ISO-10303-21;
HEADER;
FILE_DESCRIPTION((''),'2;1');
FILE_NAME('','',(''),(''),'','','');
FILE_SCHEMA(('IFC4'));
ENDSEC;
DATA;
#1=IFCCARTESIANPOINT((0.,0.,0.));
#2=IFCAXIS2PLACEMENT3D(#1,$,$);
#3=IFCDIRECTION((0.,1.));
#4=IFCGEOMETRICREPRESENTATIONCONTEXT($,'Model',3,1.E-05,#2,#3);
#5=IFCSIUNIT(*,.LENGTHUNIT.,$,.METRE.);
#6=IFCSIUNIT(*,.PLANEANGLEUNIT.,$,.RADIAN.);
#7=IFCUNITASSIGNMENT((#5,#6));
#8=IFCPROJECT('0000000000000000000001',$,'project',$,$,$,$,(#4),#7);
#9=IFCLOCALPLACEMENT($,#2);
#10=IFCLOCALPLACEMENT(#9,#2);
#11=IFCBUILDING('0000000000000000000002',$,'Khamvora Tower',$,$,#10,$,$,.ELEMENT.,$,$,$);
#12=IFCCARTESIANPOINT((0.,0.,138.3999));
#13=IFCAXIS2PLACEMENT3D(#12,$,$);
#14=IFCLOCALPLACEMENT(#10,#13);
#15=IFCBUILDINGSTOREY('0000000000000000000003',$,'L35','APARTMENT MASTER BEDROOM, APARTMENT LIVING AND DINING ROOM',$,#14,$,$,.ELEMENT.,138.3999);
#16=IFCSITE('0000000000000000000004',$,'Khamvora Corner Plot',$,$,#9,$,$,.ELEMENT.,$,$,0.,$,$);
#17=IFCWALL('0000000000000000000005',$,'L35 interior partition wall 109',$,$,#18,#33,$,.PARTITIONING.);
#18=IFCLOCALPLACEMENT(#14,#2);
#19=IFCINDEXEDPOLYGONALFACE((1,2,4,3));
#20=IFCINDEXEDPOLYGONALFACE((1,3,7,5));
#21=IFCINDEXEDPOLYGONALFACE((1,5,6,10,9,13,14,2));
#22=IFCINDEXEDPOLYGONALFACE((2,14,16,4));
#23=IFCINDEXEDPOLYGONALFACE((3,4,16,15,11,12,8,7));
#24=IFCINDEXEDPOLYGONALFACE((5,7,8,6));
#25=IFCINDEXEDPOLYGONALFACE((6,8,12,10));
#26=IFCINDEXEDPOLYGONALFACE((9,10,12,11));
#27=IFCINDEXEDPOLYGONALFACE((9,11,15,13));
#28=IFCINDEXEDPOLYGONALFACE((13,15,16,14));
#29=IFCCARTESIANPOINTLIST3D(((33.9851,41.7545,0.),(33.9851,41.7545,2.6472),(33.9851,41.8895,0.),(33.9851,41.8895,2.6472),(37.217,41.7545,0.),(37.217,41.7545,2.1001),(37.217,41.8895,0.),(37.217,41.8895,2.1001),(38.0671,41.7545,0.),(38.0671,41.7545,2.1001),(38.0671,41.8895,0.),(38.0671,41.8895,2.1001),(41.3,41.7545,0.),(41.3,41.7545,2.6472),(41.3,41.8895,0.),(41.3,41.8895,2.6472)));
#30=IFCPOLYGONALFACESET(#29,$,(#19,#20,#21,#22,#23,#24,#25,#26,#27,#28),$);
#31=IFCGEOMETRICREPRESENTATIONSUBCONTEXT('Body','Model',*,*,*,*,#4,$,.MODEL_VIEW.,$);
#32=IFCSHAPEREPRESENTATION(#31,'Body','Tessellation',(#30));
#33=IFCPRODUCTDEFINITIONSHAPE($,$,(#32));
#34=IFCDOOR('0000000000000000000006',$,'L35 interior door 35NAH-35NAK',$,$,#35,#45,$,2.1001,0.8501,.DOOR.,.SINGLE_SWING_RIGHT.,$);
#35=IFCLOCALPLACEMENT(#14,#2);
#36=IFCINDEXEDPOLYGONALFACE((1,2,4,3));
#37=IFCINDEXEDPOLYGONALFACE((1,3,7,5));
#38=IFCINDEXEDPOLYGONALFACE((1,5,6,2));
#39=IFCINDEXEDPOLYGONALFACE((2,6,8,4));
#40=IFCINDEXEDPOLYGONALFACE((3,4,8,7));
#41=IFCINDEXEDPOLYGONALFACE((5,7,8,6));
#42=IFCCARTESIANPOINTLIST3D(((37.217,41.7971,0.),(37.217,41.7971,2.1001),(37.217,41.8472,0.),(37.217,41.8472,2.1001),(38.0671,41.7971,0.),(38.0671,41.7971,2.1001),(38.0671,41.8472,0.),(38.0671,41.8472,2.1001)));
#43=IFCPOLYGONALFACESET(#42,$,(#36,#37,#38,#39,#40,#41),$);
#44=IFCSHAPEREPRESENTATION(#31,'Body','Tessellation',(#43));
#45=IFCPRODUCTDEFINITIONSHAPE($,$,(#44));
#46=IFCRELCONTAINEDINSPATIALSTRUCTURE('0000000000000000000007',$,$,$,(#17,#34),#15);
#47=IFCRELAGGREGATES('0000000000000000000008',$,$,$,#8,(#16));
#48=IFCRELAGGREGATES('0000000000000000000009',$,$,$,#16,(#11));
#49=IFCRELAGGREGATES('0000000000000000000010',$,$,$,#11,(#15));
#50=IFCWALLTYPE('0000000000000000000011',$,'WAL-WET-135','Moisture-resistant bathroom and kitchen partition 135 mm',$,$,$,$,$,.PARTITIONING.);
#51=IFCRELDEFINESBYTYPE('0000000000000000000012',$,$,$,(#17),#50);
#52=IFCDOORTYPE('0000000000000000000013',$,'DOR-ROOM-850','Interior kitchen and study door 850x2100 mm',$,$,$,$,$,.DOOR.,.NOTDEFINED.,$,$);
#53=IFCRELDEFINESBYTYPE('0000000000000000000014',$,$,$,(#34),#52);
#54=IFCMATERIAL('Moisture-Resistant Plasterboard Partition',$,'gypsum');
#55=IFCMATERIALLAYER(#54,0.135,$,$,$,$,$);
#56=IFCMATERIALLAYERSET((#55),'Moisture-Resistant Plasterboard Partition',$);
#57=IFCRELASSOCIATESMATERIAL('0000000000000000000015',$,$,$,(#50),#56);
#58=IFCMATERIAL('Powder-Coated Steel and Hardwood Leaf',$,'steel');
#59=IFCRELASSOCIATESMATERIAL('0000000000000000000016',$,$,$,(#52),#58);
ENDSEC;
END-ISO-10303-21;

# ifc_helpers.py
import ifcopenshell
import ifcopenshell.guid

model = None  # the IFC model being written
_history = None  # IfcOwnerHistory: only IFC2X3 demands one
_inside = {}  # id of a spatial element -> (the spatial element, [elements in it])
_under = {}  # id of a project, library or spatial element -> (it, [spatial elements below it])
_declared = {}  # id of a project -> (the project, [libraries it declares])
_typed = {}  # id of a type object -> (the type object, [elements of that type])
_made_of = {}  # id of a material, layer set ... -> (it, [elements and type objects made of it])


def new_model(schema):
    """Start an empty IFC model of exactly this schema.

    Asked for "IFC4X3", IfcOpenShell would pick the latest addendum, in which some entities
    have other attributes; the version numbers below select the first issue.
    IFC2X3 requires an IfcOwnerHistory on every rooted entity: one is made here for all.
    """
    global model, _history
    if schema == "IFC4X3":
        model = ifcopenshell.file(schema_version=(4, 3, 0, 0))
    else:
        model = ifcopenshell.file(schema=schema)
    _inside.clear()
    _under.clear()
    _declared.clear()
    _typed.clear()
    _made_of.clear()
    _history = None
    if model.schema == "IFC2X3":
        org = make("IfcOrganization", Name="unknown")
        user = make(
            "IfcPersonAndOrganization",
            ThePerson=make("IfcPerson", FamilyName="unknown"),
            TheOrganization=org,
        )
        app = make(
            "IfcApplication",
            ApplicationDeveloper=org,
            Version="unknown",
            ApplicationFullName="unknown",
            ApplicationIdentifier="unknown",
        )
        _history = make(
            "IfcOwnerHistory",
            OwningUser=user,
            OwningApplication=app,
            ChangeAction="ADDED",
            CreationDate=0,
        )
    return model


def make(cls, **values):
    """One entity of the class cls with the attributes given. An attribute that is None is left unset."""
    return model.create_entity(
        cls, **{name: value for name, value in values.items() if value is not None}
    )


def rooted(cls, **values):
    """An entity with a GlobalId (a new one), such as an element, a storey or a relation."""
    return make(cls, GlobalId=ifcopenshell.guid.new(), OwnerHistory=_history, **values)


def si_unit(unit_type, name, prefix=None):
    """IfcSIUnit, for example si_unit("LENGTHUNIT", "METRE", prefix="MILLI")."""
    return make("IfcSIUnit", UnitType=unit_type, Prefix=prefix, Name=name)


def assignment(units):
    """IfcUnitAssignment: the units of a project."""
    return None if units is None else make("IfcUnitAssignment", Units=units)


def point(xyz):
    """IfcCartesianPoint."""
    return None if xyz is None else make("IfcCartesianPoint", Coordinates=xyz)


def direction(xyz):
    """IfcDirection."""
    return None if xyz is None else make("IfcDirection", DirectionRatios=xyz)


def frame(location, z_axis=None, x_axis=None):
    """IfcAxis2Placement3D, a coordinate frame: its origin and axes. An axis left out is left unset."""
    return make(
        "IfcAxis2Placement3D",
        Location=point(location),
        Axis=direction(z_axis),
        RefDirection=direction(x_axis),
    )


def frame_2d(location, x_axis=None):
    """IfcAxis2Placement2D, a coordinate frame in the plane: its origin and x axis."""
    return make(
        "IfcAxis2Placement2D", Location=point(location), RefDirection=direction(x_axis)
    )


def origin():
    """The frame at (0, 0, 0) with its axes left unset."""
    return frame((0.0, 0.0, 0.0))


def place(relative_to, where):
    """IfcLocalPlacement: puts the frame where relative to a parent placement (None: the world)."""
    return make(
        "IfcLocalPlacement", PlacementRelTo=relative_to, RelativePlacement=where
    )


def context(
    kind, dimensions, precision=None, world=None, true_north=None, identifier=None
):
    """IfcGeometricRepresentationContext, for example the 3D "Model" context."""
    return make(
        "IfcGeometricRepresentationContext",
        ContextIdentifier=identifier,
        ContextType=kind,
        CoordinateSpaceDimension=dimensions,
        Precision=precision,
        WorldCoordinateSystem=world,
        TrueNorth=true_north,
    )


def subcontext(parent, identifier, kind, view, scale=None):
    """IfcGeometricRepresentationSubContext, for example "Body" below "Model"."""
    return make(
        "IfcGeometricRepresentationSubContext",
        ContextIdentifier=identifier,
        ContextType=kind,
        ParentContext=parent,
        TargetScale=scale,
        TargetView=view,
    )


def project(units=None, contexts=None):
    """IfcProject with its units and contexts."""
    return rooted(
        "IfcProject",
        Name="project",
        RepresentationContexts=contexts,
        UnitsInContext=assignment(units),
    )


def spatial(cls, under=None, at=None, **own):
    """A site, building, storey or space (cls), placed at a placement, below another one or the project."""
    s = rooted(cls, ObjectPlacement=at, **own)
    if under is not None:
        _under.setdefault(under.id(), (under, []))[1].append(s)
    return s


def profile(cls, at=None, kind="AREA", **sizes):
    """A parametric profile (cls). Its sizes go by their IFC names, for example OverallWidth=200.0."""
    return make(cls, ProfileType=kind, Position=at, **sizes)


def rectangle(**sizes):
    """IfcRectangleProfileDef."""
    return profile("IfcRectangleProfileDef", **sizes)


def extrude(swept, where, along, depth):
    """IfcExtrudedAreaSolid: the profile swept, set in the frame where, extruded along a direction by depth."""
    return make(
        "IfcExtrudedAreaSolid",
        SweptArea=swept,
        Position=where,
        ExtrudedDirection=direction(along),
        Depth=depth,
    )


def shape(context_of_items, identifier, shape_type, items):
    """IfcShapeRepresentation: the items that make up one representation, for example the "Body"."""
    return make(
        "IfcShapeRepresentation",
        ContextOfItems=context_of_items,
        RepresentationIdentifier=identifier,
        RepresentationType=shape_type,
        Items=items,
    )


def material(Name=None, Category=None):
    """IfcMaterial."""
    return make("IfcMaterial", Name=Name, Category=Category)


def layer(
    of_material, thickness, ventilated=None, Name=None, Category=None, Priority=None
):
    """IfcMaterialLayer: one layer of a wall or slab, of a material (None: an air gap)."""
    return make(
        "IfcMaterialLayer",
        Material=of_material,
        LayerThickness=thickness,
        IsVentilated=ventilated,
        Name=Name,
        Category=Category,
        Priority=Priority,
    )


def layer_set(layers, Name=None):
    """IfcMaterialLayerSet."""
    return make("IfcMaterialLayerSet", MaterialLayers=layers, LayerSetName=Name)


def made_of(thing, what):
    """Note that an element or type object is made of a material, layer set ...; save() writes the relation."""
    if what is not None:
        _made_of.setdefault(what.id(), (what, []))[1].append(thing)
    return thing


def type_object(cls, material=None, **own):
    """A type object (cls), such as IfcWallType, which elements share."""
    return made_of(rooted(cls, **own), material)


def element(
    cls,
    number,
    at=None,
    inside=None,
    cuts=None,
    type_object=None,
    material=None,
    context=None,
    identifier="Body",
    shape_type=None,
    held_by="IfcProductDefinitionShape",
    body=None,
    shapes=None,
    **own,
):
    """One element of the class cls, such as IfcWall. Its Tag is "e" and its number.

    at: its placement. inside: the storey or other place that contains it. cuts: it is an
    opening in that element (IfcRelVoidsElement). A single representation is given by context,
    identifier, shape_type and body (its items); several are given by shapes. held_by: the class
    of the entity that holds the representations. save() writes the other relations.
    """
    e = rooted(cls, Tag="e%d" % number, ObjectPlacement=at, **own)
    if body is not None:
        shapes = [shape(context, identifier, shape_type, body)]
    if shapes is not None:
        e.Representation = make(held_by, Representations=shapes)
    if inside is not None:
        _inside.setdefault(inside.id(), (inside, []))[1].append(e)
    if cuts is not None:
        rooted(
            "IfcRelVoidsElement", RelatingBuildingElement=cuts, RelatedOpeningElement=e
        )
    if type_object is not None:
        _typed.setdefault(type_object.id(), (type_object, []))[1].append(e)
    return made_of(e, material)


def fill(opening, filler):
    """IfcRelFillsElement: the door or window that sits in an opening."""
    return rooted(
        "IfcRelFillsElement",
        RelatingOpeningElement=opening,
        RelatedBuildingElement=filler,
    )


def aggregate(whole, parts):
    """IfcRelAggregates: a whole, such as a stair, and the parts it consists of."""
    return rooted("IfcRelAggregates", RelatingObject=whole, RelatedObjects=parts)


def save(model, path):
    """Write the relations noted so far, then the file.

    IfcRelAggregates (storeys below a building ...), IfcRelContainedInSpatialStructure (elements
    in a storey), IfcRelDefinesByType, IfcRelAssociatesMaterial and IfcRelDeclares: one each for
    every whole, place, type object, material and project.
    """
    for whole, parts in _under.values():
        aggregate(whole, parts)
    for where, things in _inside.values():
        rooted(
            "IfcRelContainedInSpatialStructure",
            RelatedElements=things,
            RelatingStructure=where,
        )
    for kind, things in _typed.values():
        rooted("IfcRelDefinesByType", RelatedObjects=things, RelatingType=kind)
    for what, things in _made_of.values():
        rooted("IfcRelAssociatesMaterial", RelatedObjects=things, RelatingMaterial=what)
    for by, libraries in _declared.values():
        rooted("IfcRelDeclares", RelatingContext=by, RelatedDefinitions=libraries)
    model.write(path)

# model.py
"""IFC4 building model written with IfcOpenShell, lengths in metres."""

from ifc_helpers import new_model, si_unit, direction, frame, frame_2d, origin, place, context, subcontext, project, spatial, rectangle, extrude, material, layer, layer_set, type_object, element, fill, save


model = new_model("IFC4")

# Units and contexts
model_context = context("Model", 3, precision=1e-05, world=origin(), true_north=direction((0.0, 1.0)))
body_context = subcontext(model_context, "Body", "Model", "MODEL_VIEW")
ifc_project = project(units=[si_unit("LENGTHUNIT", "METRE"), si_unit("PLANEANGLEUNIT", "RADIAN")], contexts=[model_context])

# Site, building, storey
site_placement = place(None, origin())
site = spatial("IfcSite", under=ifc_project, at=site_placement, Name="Khamvora Corner Plot", CompositionType="ELEMENT", RefElevation=0.0)
building_placement = place(site_placement, origin())
building = spatial("IfcBuilding", under=site, at=building_placement, Name="Khamvora Tower", CompositionType="ELEMENT")
storey_placement = place(building_placement, frame((0.0, 0.0, 138.3999)))
storey = spatial("IfcBuildingStorey", under=building, at=storey_placement, Name="L35", Description="APARTMENT MASTER BEDROOM, APARTMENT LIVING AND DINING ROOM", CompositionType="ELEMENT", Elevation=138.3999)

# Shared definitions
ifc_material_1 = material(Name="Powder-Coated Steel and Hardwood Leaf", Category="steel")

# Wall, opening, door
ifc_material_2 = material(Name="Moisture-Resistant Plasterboard Partition", Category="gypsum")
ifc_layer_1 = layer(ifc_material_2, 0.135)
ifc_layer_set_1 = layer_set([ifc_layer_1], Name="Moisture-Resistant Plasterboard Partition")
wall_type_1 = type_object("IfcWallType", Name="WAL-WET-135", Description="Moisture-resistant bathroom and kitchen partition 135 mm", PredefinedType="PARTITIONING", material=ifc_layer_set_1)
wall_1_placement = place(storey_placement, frame((41.3, 41.822, 0.0), z_axis=(0.0, 0.0, 1.0), x_axis=(-1.0, 0.0, 0.0)))
wall_1 = element("IfcWall", 1, at=wall_1_placement, inside=storey, type_object=wall_type_1, Name="L35 interior partition wall 109", PredefinedType="PARTITIONING", context=body_context, shape_type="SweptSolid", body=[
    extrude(rectangle(XDim=7.3149, YDim=0.135, at=frame_2d((3.6575, 0.0))), origin(), (0.0, 0.0, 1.0), 2.6472),
])
opening_1_placement = place(wall_1_placement, frame((3.2329, 0.0, 0.0)))
opening_1 = element("IfcOpeningElement", 2, at=opening_1_placement, cuts=wall_1, PredefinedType="OPENING", context=body_context, shape_type="SweptSolid", body=[
    extrude(rectangle(XDim=0.8501, YDim=2.1001, at=frame_2d((0.425, 1.05))), frame((0.0, 0.0774, 0.0), z_axis=(0.0, -1.0, 0.0), x_axis=(1.0, 0.0, 0.0)), (0.0, 0.0, 1.0), 0.155),
])
door_type_1 = type_object("IfcDoorType", Name="DOR-ROOM-850", Description="Interior kitchen and study door 850x2100 mm", OperationType="NOTDEFINED", PredefinedType="DOOR", material=ifc_material_1)
door_1_placement = place(opening_1_placement, origin())
door_1 = element("IfcDoor", 3, at=door_1_placement, inside=storey, type_object=door_type_1, Name="L35 interior door 35NAH-35NAK", OperationType="SINGLE_SWING_RIGHT", OverallHeight=2.1001, OverallWidth=0.8501, PredefinedType="DOOR", context=body_context, shape_type="SweptSolid", body=[
    extrude(rectangle(XDim=0.8501, YDim=2.1001, at=frame_2d((0.425, 1.05))), frame((0.0, 0.0249, 0.0), z_axis=(0.0, -1.0, 0.0), x_axis=(1.0, 0.0, 0.0)), (0.0, 0.0, 1.0), 0.05),
])
fill(opening_1, door_1)

save(model, "model.ifc")
